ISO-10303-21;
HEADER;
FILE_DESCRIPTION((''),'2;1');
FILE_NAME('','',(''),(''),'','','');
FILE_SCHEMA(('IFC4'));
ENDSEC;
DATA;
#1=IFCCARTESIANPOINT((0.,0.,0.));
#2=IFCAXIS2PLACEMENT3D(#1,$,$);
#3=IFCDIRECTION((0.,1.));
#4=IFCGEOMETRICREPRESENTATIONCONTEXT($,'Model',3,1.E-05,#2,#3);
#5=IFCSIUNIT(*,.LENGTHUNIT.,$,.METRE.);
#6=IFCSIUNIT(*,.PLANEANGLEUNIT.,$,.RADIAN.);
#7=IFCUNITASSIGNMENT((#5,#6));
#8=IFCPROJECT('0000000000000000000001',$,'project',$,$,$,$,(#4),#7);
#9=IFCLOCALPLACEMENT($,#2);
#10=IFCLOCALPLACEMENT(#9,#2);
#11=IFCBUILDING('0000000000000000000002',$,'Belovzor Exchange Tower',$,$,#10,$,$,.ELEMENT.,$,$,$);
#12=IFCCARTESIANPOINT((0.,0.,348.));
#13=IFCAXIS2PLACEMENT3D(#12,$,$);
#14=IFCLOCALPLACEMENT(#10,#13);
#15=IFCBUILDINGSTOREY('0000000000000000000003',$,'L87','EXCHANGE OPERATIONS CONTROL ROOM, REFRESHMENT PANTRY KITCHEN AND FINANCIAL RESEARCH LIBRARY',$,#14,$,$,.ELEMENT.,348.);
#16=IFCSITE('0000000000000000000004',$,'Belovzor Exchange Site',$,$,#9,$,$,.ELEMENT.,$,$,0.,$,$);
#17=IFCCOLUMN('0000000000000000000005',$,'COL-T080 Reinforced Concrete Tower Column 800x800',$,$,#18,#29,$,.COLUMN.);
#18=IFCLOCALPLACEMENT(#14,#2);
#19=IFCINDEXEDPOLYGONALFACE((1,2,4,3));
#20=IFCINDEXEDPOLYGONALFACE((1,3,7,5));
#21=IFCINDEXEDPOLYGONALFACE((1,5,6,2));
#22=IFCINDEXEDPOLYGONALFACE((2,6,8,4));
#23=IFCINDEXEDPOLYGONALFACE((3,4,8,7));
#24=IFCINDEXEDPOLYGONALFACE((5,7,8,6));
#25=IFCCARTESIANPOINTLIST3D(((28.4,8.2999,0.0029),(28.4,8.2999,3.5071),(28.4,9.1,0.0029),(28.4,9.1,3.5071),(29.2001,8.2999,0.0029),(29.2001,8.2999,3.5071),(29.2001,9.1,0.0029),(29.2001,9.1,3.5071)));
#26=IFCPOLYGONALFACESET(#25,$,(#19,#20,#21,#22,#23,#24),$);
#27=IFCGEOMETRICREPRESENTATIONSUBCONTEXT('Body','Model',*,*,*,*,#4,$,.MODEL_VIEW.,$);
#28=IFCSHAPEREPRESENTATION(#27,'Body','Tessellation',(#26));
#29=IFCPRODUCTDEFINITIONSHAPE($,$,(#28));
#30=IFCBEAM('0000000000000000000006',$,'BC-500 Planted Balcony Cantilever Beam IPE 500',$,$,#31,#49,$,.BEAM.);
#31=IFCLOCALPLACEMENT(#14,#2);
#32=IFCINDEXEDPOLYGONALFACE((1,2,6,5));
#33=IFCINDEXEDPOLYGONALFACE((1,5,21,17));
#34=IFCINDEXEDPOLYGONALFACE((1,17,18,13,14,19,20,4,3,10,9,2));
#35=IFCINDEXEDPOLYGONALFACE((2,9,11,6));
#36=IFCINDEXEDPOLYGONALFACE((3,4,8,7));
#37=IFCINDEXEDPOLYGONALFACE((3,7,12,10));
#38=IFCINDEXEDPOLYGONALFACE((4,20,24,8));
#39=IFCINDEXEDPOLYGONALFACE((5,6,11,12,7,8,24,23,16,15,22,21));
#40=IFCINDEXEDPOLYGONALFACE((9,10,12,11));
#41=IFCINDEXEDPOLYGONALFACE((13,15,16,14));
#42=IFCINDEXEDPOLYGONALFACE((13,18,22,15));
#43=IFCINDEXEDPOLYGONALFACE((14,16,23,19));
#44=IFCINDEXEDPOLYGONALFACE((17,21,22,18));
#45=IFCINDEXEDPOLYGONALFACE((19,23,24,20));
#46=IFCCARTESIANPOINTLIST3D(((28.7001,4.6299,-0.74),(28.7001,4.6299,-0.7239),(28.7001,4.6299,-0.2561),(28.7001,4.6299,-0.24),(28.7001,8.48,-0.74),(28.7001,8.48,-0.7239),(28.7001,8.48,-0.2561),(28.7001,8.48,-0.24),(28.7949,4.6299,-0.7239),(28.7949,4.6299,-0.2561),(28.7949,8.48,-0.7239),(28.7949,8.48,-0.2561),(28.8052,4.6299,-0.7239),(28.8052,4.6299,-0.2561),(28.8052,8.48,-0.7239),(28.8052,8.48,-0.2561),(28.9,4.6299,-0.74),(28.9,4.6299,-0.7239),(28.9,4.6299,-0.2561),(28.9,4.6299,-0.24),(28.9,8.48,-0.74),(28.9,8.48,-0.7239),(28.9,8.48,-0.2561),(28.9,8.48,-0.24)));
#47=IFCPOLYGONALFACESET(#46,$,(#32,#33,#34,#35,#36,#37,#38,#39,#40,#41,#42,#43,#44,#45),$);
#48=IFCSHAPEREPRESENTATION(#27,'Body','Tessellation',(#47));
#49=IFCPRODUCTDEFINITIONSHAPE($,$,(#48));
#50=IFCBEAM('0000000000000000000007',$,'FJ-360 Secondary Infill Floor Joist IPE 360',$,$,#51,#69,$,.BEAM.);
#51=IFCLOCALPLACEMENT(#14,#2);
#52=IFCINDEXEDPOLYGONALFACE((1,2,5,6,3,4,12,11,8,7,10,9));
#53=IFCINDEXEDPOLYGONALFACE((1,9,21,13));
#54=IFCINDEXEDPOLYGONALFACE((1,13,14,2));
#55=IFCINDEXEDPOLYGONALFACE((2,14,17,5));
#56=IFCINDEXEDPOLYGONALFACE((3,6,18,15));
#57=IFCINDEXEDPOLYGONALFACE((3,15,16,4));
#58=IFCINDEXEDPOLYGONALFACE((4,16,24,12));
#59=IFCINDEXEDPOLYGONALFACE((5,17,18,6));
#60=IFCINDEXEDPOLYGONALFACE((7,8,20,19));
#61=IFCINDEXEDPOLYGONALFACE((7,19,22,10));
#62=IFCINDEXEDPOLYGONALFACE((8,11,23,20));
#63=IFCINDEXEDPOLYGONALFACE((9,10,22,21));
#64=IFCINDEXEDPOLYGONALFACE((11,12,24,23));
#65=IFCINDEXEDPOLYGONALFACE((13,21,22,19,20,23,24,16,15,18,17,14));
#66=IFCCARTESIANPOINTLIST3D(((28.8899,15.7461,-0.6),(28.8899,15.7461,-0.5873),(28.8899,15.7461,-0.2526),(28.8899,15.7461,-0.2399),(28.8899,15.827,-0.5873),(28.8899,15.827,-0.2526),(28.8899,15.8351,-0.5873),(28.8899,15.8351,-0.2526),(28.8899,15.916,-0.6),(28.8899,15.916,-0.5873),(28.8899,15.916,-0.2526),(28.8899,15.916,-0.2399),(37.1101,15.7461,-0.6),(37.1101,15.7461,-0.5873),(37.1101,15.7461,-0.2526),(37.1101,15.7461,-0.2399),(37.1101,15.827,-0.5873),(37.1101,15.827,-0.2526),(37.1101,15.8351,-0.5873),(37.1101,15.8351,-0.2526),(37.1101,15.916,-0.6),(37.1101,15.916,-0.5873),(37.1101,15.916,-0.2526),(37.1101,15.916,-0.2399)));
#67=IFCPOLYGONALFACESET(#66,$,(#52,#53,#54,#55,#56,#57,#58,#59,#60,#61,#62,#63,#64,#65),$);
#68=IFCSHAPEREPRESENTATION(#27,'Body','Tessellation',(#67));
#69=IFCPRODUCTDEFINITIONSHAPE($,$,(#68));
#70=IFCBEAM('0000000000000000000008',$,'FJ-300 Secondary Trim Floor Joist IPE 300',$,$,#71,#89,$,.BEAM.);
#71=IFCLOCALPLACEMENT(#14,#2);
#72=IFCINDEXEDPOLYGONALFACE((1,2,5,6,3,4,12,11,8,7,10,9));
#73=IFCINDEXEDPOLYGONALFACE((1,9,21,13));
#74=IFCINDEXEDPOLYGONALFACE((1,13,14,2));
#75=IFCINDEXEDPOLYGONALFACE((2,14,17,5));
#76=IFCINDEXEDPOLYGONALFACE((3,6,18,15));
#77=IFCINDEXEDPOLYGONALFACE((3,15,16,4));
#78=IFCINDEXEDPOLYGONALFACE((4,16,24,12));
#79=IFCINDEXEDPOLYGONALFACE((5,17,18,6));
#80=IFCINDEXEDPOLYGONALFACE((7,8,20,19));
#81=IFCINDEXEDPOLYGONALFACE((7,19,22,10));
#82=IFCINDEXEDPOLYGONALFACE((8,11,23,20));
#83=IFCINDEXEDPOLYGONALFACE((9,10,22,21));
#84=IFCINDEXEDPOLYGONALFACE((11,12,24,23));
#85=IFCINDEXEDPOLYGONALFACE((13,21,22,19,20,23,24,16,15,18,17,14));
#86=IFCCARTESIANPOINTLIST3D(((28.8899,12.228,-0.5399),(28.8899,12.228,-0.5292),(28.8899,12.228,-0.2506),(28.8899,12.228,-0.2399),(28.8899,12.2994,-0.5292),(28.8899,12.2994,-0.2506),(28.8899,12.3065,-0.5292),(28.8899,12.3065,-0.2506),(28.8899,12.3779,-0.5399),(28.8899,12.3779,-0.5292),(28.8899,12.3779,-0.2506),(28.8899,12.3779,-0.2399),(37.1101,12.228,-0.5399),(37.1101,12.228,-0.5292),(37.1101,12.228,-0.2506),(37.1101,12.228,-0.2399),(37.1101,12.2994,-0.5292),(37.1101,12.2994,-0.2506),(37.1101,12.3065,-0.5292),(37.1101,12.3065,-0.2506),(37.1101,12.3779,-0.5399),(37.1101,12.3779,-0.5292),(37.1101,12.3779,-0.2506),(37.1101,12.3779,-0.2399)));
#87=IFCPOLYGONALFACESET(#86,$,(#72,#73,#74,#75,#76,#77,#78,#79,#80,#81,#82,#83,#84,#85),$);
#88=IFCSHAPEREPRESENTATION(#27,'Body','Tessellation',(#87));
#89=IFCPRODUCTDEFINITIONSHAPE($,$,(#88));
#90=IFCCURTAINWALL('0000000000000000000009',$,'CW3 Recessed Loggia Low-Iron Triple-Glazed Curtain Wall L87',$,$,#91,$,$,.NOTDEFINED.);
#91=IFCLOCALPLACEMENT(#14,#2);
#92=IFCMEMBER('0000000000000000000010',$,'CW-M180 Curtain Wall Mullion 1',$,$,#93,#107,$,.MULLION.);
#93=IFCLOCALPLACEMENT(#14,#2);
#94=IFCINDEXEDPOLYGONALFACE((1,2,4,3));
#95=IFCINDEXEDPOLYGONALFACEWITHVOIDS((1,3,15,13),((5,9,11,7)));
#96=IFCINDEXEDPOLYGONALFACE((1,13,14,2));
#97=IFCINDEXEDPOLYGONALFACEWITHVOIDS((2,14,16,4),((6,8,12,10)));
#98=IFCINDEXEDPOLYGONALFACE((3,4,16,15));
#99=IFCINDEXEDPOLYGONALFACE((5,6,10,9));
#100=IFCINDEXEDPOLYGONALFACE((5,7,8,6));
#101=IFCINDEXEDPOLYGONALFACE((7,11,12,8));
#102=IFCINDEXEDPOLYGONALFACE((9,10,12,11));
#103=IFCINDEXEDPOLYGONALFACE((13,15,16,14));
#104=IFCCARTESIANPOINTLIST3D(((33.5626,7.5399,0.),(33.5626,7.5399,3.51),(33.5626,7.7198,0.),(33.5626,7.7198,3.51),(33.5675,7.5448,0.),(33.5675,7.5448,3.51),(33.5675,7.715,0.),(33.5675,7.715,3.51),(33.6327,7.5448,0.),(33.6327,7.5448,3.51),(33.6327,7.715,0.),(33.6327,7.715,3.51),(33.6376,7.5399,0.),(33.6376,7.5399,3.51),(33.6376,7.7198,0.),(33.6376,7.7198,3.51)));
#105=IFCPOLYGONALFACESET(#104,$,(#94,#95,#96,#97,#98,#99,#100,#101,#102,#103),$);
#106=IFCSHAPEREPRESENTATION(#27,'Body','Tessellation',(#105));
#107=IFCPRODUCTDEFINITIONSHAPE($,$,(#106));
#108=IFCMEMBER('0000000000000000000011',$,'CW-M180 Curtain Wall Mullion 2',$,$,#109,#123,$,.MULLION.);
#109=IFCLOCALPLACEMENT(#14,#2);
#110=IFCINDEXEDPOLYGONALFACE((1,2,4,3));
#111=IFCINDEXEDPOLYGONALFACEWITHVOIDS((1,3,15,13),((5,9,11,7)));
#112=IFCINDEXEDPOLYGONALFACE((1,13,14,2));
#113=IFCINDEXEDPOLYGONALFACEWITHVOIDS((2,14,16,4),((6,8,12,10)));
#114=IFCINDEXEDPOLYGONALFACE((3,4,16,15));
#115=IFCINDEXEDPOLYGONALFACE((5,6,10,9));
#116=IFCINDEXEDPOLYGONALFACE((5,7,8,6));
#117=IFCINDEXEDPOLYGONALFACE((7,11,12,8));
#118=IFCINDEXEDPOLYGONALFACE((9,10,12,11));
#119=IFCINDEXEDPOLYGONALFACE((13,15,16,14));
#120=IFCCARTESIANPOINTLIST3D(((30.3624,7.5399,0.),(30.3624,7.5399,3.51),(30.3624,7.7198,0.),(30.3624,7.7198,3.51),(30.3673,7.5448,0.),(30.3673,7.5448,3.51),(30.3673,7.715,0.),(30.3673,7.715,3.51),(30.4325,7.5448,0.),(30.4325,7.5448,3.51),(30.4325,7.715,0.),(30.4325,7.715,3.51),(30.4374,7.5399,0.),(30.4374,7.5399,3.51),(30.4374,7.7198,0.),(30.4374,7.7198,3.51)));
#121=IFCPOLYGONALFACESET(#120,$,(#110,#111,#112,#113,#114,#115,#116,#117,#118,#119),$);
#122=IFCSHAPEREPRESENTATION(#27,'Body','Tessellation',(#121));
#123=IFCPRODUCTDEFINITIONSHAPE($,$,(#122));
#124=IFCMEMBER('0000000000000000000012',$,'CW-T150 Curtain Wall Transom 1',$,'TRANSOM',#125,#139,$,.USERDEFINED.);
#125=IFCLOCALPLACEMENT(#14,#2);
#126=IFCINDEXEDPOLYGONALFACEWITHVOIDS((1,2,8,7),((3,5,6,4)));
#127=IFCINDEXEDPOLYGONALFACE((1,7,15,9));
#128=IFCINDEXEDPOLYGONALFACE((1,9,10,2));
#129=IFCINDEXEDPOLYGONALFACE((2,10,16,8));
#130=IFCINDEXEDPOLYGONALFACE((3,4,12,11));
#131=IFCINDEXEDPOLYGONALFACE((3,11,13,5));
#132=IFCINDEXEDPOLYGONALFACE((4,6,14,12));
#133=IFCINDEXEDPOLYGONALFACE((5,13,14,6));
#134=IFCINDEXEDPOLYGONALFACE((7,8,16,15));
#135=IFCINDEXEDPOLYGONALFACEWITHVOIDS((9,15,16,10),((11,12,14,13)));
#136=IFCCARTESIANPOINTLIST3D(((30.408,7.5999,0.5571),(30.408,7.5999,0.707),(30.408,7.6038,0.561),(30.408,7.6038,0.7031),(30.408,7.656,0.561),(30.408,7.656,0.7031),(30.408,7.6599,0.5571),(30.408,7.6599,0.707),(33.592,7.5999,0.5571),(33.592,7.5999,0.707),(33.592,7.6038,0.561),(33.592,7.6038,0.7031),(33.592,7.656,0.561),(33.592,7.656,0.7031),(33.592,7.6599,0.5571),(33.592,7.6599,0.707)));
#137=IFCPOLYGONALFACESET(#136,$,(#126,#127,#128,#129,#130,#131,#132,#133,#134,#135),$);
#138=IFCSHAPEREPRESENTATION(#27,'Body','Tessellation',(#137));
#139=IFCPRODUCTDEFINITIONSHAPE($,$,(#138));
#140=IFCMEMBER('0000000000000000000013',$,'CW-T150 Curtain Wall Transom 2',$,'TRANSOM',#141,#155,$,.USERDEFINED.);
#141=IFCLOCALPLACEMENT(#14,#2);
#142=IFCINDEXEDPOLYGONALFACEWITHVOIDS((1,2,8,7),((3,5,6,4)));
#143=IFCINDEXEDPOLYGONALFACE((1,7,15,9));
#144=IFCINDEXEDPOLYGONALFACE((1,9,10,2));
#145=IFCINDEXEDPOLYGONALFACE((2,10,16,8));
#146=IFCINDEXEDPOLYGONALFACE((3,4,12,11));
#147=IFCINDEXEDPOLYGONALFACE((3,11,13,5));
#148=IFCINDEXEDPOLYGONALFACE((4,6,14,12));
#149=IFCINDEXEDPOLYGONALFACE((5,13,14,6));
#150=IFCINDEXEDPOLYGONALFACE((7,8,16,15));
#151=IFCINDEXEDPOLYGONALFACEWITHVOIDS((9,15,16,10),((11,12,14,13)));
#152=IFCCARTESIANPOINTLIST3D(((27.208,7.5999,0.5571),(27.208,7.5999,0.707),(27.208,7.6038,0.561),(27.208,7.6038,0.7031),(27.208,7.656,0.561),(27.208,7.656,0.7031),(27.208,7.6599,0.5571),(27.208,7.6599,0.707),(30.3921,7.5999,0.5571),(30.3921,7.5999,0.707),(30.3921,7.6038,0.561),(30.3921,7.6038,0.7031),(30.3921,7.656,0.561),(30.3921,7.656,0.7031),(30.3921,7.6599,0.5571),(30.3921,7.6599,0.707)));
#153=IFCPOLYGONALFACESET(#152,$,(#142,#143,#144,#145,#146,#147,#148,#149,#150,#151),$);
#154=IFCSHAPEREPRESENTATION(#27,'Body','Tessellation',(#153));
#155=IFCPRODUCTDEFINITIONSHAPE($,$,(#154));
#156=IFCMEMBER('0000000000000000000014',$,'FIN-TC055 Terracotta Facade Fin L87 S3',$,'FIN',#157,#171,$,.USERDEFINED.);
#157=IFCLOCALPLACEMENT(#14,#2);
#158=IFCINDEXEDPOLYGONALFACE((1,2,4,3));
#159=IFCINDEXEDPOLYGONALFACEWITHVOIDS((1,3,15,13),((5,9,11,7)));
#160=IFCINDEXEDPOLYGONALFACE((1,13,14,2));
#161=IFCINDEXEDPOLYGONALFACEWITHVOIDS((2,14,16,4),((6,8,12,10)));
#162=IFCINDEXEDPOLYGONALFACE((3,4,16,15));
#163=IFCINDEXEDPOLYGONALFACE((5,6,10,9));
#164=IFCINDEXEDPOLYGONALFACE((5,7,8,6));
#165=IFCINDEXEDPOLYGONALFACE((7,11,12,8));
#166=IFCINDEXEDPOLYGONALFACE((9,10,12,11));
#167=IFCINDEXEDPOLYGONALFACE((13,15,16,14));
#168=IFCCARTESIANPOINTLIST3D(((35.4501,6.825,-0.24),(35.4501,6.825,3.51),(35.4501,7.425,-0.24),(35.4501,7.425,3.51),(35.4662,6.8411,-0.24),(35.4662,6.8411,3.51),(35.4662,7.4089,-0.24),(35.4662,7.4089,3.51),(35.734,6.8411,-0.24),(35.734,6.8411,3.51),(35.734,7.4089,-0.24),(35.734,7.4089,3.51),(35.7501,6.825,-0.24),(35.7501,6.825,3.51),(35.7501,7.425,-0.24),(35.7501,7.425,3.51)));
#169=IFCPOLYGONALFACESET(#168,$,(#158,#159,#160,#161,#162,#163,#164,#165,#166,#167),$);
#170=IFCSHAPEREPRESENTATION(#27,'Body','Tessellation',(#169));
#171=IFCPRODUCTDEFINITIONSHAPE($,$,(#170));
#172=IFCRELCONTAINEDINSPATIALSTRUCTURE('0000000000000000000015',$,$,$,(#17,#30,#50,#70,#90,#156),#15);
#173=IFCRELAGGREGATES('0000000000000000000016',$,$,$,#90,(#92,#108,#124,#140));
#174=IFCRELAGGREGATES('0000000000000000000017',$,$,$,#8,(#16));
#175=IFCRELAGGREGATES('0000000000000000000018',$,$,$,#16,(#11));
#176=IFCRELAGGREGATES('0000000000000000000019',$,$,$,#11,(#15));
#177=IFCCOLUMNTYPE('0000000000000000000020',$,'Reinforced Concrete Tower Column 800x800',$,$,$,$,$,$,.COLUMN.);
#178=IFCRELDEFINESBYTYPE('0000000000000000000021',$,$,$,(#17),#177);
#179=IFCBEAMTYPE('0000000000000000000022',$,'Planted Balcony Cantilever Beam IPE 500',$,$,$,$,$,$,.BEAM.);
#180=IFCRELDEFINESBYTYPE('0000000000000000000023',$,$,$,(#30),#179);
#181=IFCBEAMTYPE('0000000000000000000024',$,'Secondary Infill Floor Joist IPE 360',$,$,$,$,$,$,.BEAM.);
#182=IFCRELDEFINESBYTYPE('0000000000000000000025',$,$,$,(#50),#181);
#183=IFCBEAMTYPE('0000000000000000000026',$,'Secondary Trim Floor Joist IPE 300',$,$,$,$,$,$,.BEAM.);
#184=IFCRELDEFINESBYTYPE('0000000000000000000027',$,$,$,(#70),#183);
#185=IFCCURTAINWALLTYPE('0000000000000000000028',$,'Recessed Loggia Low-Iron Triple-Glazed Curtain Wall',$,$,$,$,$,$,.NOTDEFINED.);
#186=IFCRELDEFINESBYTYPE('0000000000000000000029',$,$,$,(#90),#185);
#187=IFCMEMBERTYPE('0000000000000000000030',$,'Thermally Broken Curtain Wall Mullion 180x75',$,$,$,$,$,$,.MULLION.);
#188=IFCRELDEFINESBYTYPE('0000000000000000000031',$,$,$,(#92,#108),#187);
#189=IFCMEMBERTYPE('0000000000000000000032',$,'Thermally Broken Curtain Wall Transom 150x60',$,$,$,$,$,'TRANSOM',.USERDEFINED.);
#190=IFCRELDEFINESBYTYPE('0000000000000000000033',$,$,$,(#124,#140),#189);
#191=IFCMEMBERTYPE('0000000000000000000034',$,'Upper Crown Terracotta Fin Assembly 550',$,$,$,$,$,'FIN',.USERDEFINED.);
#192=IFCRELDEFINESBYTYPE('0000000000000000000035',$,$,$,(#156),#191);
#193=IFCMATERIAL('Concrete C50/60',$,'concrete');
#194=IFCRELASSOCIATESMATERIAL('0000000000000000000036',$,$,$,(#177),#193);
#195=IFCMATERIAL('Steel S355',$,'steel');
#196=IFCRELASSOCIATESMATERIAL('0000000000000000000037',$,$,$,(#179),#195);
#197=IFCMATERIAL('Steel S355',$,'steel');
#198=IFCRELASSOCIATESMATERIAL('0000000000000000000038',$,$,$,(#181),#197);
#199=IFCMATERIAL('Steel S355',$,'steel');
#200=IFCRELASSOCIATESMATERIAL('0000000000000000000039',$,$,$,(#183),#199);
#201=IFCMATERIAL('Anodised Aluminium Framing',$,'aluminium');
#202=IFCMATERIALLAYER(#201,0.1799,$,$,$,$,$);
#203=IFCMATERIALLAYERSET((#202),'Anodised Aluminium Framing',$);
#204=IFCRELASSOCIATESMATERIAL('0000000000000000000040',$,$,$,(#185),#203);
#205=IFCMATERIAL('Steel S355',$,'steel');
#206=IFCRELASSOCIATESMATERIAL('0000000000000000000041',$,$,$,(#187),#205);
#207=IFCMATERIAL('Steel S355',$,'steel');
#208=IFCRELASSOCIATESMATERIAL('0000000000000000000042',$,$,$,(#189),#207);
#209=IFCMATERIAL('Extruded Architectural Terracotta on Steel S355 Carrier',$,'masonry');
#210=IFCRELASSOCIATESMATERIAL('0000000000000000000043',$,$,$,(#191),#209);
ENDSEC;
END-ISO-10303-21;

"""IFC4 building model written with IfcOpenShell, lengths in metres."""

from ifc_helpers import new_model, si_unit, direction, frame, origin, origin_2d, place, context, subcontext, project, spatial, rectangle, hollow_rectangle, i_section, extrude, material, layer, layer_set, material_profile, profile_set, type_object, element, aggregate, save


model = new_model("IFC4")

# Units and contexts
model_context = context("Model", 3, precision=1e-05, world=origin(), true_north=direction((0.0, 1.0)))
body_context = subcontext(model_context, "Body", "Model", "MODEL_VIEW")
ifc_project = project(units=[si_unit("LENGTHUNIT", "METRE"), si_unit("PLANEANGLEUNIT", "RADIAN")], contexts=[model_context])

# Site, building, storey
site_placement = place(None, origin())
site = spatial("IfcSite", under=ifc_project, at=site_placement, Name="Belovzor Exchange Site", CompositionType="ELEMENT", RefElevation=0.0)
building_placement = place(site_placement, origin())
building = spatial("IfcBuilding", under=site, at=building_placement, Name="Belovzor Exchange Tower", CompositionType="ELEMENT")
storey_placement = place(building_placement, frame((0.0, 0.0, 348.0)))
storey = spatial("IfcBuildingStorey", under=building, at=storey_placement, Name="L87", Description="EXCHANGE OPERATIONS CONTROL ROOM, REFRESHMENT PANTRY KITCHEN AND FINANCIAL RESEARCH LIBRARY", CompositionType="ELEMENT", Elevation=348.0)

# Column
ifc_material_1 = material(Name="Concrete C50/60", Category="concrete")
ifc_material_profile_1 = material_profile(ifc_material_1, rectangle(XDim=0.8, YDim=0.8, at=origin_2d()))
ifc_profile_set_1 = profile_set([ifc_material_profile_1], Name="Concrete C50/60")
column_type = type_object("IfcColumnType", Name="Reinforced Concrete Tower Column 800x800", PredefinedType="COLUMN", material=ifc_profile_set_1)
column_placement = place(storey_placement, frame((28.8, 8.7, 0.0029), z_axis=(0.0, 0.0, 1.0), x_axis=(1.0, 0.0, 0.0)))
element("IfcColumn", 1, at=column_placement, inside=storey, type_object=column_type, Name="COL-T080 Reinforced Concrete Tower Column 800x800", PredefinedType="COLUMN", context=body_context, shape_type="SweptSolid", body=[
    extrude(rectangle(XDim=0.8, YDim=0.8, at=origin_2d()), origin(), (0.0, 0.0, 1.0), 3.5042),
])

# Beams
ifc_material_2 = material(Name="Steel S355", Category="steel")
ifc_material_profile_2 = material_profile(ifc_material_2, i_section(OverallWidth=0.2, OverallDepth=0.5, WebThickness=0.0103, FlangeThickness=0.0161, at=origin_2d()))
ifc_profile_set_2 = profile_set([ifc_material_profile_2], Name="Steel S355")
beam_type_1 = type_object("IfcBeamType", Name="Planted Balcony Cantilever Beam IPE 500", PredefinedType="BEAM", material=ifc_profile_set_2)
beam_1_placement = place(storey_placement, frame((28.8, 8.48, -0.49), z_axis=(0.0, -1.0, 0.0), x_axis=(1.0, 0.0, 0.0)))
element("IfcBeam", 2, at=beam_1_placement, inside=storey, type_object=beam_type_1, Name="BC-500 Planted Balcony Cantilever Beam IPE 500", PredefinedType="BEAM", context=body_context, shape_type="SweptSolid", body=[
    extrude(i_section(OverallWidth=0.2, OverallDepth=0.5, WebThickness=0.0103, FlangeThickness=0.0161, at=origin_2d()), origin(), (0.0, 0.0, 1.0), 3.8501),
])
ifc_material_3 = material(Name="Steel S355", Category="steel")
ifc_material_profile_3 = material_profile(ifc_material_3, i_section(OverallWidth=0.1699, OverallDepth=0.3601, WebThickness=0.0081, FlangeThickness=0.0127, at=origin_2d()))
ifc_profile_set_3 = profile_set([ifc_material_profile_3], Name="Steel S355")
beam_type_2 = type_object("IfcBeamType", Name="Secondary Infill Floor Joist IPE 360", PredefinedType="BEAM", material=ifc_profile_set_3)
beam_2_placement = place(storey_placement, frame((28.8899, 15.8311, -0.4199), z_axis=(1.0, 0.0, 0.0), x_axis=(0.0, 1.0, 0.0)))
element("IfcBeam", 3, at=beam_2_placement, inside=storey, type_object=beam_type_2, Name="FJ-360 Secondary Infill Floor Joist IPE 360", PredefinedType="BEAM", context=body_context, shape_type="SweptSolid", body=[
    extrude(i_section(OverallWidth=0.1699, OverallDepth=0.3601, WebThickness=0.0081, FlangeThickness=0.0127, at=origin_2d()), origin(), (0.0, 0.0, 1.0), 8.2202),
])
ifc_material_4 = material(Name="Steel S355", Category="steel")
ifc_material_profile_4 = material_profile(ifc_material_4, i_section(OverallWidth=0.1499, OverallDepth=0.3, WebThickness=0.0071, FlangeThickness=0.0107, at=origin_2d()))
ifc_profile_set_4 = profile_set([ifc_material_profile_4], Name="Steel S355")
beam_type_3 = type_object("IfcBeamType", Name="Secondary Trim Floor Joist IPE 300", PredefinedType="BEAM", material=ifc_profile_set_4)
beam_3_placement = place(storey_placement, frame((28.8899, 12.303, -0.3899), z_axis=(1.0, 0.0, 0.0), x_axis=(0.0, 1.0, 0.0)))
element("IfcBeam", 4, at=beam_3_placement, inside=storey, type_object=beam_type_3, Name="FJ-300 Secondary Trim Floor Joist IPE 300", PredefinedType="BEAM", context=body_context, shape_type="SweptSolid", body=[
    extrude(i_section(OverallWidth=0.1499, OverallDepth=0.3, WebThickness=0.0071, FlangeThickness=0.0107, at=origin_2d()), origin(), (0.0, 0.0, 1.0), 8.2202),
])

# Curtain wall, members
ifc_material_5 = material(Name="Anodised Aluminium Framing", Category="aluminium")
ifc_layer_1 = layer(ifc_material_5, 0.1799)
ifc_layer_set_1 = layer_set([ifc_layer_1], Name="Anodised Aluminium Framing")
curtain_wall_type = type_object("IfcCurtainWallType", Name="Recessed Loggia Low-Iron Triple-Glazed Curtain Wall", PredefinedType="NOTDEFINED", material=ifc_layer_set_1)
curtain_wall_placement = place(storey_placement, origin())
curtain_wall = element("IfcCurtainWall", 5, at=curtain_wall_placement, inside=storey, type_object=curtain_wall_type, Name="CW3 Recessed Loggia Low-Iron Triple-Glazed Curtain Wall L87", PredefinedType="NOTDEFINED")
ifc_material_6 = material(Name="Steel S355", Category="steel")
ifc_material_profile_5 = material_profile(ifc_material_6, hollow_rectangle(XDim=0.075, YDim=0.1799, WallThickness=0.0049, at=origin_2d()))
ifc_profile_set_5 = profile_set([ifc_material_profile_5], Name="Steel S355")
member_type_1 = type_object("IfcMemberType", Name="Thermally Broken Curtain Wall Mullion 180x75", PredefinedType="MULLION", material=ifc_profile_set_5)
member_1_placement = place(storey_placement, frame((33.6001, 7.6299, 0.0), z_axis=(0.0, 0.0, 1.0), x_axis=(-1.0, 0.0, 0.0)))
member_1 = element("IfcMember", 6, at=member_1_placement, type_object=member_type_1, Name="CW-M180 Curtain Wall Mullion 1", PredefinedType="MULLION", context=body_context, shape_type="SweptSolid", body=[
    extrude(hollow_rectangle(XDim=0.075, YDim=0.1799, WallThickness=0.0049, at=origin_2d()), origin(), (0.0, 0.0, 1.0), 3.51),
])
member_2_placement = place(storey_placement, frame((30.3999, 7.6299, 0.0), z_axis=(0.0, 0.0, 1.0), x_axis=(-1.0, 0.0, 0.0)))
member_2 = element("IfcMember", 7, at=member_2_placement, type_object=member_type_1, Name="CW-M180 Curtain Wall Mullion 2", PredefinedType="MULLION", context=body_context, shape_type="SweptSolid", body=[
    extrude(hollow_rectangle(XDim=0.075, YDim=0.1799, WallThickness=0.0049, at=origin_2d()), origin(), (0.0, 0.0, 1.0), 3.51),
])
ifc_material_7 = material(Name="Steel S355", Category="steel")
ifc_material_profile_6 = material_profile(ifc_material_7, hollow_rectangle(XDim=0.0601, YDim=0.1499, WallThickness=0.0039, at=origin_2d()))
ifc_profile_set_6 = profile_set([ifc_material_profile_6], Name="Steel S355")
member_type_2 = type_object("IfcMemberType", Name="Thermally Broken Curtain Wall Transom 150x60", ElementType="TRANSOM", PredefinedType="USERDEFINED", material=ifc_profile_set_6)
member_3_placement = place(storey_placement, frame((33.592, 7.6299, 0.6321), z_axis=(-1.0, 0.0, 0.0), x_axis=(0.0, -1.0, 0.0)))
member_3 = element("IfcMember", 8, at=member_3_placement, type_object=member_type_2, Name="CW-T150 Curtain Wall Transom 1", ObjectType="TRANSOM", PredefinedType="USERDEFINED", context=body_context, shape_type="SweptSolid", body=[
    extrude(hollow_rectangle(XDim=0.0601, YDim=0.1499, WallThickness=0.0039, at=origin_2d()), origin(), (0.0, 0.0, 1.0), 3.1841),
])
member_4_placement = place(storey_placement, frame((30.3921, 7.6299, 0.6321), z_axis=(-1.0, 0.0, 0.0), x_axis=(0.0, -1.0, 0.0)))
member_4 = element("IfcMember", 9, at=member_4_placement, type_object=member_type_2, Name="CW-T150 Curtain Wall Transom 2", ObjectType="TRANSOM", PredefinedType="USERDEFINED", context=body_context, shape_type="SweptSolid", body=[
    extrude(hollow_rectangle(XDim=0.0601, YDim=0.1499, WallThickness=0.0039, at=origin_2d()), origin(), (0.0, 0.0, 1.0), 3.1841),
])

# Member
ifc_material_8 = material(Name="Extruded Architectural Terracotta on Steel S355 Carrier", Category="masonry")
ifc_material_profile_7 = material_profile(ifc_material_8, hollow_rectangle(XDim=0.3, YDim=0.6001, WallThickness=0.0161, at=origin_2d()))
ifc_profile_set_7 = profile_set([ifc_material_profile_7], Name="Extruded Architectural Terracotta on Steel S355 Carrier")
member_type_3 = type_object("IfcMemberType", Name="Upper Crown Terracotta Fin Assembly 550", ElementType="FIN", PredefinedType="USERDEFINED", material=ifc_profile_set_7)
member_5_placement = place(storey_placement, frame((35.6001, 7.125, -0.24), z_axis=(0.0, 0.0, 1.0), x_axis=(1.0, 0.0, 0.0)))
element("IfcMember", 10, at=member_5_placement, inside=storey, type_object=member_type_3, Name="FIN-TC055 Terracotta Facade Fin L87 S3", ObjectType="FIN", PredefinedType="USERDEFINED", context=body_context, shape_type="SweptSolid", body=[
    extrude(hollow_rectangle(XDim=0.3, YDim=0.6001, WallThickness=0.0161, at=origin_2d()), origin(), (0.0, 0.0, 1.0), 3.75),
])

aggregate(curtain_wall, [member_1, member_2, member_3, member_4])

save(model, "model.ifc")
